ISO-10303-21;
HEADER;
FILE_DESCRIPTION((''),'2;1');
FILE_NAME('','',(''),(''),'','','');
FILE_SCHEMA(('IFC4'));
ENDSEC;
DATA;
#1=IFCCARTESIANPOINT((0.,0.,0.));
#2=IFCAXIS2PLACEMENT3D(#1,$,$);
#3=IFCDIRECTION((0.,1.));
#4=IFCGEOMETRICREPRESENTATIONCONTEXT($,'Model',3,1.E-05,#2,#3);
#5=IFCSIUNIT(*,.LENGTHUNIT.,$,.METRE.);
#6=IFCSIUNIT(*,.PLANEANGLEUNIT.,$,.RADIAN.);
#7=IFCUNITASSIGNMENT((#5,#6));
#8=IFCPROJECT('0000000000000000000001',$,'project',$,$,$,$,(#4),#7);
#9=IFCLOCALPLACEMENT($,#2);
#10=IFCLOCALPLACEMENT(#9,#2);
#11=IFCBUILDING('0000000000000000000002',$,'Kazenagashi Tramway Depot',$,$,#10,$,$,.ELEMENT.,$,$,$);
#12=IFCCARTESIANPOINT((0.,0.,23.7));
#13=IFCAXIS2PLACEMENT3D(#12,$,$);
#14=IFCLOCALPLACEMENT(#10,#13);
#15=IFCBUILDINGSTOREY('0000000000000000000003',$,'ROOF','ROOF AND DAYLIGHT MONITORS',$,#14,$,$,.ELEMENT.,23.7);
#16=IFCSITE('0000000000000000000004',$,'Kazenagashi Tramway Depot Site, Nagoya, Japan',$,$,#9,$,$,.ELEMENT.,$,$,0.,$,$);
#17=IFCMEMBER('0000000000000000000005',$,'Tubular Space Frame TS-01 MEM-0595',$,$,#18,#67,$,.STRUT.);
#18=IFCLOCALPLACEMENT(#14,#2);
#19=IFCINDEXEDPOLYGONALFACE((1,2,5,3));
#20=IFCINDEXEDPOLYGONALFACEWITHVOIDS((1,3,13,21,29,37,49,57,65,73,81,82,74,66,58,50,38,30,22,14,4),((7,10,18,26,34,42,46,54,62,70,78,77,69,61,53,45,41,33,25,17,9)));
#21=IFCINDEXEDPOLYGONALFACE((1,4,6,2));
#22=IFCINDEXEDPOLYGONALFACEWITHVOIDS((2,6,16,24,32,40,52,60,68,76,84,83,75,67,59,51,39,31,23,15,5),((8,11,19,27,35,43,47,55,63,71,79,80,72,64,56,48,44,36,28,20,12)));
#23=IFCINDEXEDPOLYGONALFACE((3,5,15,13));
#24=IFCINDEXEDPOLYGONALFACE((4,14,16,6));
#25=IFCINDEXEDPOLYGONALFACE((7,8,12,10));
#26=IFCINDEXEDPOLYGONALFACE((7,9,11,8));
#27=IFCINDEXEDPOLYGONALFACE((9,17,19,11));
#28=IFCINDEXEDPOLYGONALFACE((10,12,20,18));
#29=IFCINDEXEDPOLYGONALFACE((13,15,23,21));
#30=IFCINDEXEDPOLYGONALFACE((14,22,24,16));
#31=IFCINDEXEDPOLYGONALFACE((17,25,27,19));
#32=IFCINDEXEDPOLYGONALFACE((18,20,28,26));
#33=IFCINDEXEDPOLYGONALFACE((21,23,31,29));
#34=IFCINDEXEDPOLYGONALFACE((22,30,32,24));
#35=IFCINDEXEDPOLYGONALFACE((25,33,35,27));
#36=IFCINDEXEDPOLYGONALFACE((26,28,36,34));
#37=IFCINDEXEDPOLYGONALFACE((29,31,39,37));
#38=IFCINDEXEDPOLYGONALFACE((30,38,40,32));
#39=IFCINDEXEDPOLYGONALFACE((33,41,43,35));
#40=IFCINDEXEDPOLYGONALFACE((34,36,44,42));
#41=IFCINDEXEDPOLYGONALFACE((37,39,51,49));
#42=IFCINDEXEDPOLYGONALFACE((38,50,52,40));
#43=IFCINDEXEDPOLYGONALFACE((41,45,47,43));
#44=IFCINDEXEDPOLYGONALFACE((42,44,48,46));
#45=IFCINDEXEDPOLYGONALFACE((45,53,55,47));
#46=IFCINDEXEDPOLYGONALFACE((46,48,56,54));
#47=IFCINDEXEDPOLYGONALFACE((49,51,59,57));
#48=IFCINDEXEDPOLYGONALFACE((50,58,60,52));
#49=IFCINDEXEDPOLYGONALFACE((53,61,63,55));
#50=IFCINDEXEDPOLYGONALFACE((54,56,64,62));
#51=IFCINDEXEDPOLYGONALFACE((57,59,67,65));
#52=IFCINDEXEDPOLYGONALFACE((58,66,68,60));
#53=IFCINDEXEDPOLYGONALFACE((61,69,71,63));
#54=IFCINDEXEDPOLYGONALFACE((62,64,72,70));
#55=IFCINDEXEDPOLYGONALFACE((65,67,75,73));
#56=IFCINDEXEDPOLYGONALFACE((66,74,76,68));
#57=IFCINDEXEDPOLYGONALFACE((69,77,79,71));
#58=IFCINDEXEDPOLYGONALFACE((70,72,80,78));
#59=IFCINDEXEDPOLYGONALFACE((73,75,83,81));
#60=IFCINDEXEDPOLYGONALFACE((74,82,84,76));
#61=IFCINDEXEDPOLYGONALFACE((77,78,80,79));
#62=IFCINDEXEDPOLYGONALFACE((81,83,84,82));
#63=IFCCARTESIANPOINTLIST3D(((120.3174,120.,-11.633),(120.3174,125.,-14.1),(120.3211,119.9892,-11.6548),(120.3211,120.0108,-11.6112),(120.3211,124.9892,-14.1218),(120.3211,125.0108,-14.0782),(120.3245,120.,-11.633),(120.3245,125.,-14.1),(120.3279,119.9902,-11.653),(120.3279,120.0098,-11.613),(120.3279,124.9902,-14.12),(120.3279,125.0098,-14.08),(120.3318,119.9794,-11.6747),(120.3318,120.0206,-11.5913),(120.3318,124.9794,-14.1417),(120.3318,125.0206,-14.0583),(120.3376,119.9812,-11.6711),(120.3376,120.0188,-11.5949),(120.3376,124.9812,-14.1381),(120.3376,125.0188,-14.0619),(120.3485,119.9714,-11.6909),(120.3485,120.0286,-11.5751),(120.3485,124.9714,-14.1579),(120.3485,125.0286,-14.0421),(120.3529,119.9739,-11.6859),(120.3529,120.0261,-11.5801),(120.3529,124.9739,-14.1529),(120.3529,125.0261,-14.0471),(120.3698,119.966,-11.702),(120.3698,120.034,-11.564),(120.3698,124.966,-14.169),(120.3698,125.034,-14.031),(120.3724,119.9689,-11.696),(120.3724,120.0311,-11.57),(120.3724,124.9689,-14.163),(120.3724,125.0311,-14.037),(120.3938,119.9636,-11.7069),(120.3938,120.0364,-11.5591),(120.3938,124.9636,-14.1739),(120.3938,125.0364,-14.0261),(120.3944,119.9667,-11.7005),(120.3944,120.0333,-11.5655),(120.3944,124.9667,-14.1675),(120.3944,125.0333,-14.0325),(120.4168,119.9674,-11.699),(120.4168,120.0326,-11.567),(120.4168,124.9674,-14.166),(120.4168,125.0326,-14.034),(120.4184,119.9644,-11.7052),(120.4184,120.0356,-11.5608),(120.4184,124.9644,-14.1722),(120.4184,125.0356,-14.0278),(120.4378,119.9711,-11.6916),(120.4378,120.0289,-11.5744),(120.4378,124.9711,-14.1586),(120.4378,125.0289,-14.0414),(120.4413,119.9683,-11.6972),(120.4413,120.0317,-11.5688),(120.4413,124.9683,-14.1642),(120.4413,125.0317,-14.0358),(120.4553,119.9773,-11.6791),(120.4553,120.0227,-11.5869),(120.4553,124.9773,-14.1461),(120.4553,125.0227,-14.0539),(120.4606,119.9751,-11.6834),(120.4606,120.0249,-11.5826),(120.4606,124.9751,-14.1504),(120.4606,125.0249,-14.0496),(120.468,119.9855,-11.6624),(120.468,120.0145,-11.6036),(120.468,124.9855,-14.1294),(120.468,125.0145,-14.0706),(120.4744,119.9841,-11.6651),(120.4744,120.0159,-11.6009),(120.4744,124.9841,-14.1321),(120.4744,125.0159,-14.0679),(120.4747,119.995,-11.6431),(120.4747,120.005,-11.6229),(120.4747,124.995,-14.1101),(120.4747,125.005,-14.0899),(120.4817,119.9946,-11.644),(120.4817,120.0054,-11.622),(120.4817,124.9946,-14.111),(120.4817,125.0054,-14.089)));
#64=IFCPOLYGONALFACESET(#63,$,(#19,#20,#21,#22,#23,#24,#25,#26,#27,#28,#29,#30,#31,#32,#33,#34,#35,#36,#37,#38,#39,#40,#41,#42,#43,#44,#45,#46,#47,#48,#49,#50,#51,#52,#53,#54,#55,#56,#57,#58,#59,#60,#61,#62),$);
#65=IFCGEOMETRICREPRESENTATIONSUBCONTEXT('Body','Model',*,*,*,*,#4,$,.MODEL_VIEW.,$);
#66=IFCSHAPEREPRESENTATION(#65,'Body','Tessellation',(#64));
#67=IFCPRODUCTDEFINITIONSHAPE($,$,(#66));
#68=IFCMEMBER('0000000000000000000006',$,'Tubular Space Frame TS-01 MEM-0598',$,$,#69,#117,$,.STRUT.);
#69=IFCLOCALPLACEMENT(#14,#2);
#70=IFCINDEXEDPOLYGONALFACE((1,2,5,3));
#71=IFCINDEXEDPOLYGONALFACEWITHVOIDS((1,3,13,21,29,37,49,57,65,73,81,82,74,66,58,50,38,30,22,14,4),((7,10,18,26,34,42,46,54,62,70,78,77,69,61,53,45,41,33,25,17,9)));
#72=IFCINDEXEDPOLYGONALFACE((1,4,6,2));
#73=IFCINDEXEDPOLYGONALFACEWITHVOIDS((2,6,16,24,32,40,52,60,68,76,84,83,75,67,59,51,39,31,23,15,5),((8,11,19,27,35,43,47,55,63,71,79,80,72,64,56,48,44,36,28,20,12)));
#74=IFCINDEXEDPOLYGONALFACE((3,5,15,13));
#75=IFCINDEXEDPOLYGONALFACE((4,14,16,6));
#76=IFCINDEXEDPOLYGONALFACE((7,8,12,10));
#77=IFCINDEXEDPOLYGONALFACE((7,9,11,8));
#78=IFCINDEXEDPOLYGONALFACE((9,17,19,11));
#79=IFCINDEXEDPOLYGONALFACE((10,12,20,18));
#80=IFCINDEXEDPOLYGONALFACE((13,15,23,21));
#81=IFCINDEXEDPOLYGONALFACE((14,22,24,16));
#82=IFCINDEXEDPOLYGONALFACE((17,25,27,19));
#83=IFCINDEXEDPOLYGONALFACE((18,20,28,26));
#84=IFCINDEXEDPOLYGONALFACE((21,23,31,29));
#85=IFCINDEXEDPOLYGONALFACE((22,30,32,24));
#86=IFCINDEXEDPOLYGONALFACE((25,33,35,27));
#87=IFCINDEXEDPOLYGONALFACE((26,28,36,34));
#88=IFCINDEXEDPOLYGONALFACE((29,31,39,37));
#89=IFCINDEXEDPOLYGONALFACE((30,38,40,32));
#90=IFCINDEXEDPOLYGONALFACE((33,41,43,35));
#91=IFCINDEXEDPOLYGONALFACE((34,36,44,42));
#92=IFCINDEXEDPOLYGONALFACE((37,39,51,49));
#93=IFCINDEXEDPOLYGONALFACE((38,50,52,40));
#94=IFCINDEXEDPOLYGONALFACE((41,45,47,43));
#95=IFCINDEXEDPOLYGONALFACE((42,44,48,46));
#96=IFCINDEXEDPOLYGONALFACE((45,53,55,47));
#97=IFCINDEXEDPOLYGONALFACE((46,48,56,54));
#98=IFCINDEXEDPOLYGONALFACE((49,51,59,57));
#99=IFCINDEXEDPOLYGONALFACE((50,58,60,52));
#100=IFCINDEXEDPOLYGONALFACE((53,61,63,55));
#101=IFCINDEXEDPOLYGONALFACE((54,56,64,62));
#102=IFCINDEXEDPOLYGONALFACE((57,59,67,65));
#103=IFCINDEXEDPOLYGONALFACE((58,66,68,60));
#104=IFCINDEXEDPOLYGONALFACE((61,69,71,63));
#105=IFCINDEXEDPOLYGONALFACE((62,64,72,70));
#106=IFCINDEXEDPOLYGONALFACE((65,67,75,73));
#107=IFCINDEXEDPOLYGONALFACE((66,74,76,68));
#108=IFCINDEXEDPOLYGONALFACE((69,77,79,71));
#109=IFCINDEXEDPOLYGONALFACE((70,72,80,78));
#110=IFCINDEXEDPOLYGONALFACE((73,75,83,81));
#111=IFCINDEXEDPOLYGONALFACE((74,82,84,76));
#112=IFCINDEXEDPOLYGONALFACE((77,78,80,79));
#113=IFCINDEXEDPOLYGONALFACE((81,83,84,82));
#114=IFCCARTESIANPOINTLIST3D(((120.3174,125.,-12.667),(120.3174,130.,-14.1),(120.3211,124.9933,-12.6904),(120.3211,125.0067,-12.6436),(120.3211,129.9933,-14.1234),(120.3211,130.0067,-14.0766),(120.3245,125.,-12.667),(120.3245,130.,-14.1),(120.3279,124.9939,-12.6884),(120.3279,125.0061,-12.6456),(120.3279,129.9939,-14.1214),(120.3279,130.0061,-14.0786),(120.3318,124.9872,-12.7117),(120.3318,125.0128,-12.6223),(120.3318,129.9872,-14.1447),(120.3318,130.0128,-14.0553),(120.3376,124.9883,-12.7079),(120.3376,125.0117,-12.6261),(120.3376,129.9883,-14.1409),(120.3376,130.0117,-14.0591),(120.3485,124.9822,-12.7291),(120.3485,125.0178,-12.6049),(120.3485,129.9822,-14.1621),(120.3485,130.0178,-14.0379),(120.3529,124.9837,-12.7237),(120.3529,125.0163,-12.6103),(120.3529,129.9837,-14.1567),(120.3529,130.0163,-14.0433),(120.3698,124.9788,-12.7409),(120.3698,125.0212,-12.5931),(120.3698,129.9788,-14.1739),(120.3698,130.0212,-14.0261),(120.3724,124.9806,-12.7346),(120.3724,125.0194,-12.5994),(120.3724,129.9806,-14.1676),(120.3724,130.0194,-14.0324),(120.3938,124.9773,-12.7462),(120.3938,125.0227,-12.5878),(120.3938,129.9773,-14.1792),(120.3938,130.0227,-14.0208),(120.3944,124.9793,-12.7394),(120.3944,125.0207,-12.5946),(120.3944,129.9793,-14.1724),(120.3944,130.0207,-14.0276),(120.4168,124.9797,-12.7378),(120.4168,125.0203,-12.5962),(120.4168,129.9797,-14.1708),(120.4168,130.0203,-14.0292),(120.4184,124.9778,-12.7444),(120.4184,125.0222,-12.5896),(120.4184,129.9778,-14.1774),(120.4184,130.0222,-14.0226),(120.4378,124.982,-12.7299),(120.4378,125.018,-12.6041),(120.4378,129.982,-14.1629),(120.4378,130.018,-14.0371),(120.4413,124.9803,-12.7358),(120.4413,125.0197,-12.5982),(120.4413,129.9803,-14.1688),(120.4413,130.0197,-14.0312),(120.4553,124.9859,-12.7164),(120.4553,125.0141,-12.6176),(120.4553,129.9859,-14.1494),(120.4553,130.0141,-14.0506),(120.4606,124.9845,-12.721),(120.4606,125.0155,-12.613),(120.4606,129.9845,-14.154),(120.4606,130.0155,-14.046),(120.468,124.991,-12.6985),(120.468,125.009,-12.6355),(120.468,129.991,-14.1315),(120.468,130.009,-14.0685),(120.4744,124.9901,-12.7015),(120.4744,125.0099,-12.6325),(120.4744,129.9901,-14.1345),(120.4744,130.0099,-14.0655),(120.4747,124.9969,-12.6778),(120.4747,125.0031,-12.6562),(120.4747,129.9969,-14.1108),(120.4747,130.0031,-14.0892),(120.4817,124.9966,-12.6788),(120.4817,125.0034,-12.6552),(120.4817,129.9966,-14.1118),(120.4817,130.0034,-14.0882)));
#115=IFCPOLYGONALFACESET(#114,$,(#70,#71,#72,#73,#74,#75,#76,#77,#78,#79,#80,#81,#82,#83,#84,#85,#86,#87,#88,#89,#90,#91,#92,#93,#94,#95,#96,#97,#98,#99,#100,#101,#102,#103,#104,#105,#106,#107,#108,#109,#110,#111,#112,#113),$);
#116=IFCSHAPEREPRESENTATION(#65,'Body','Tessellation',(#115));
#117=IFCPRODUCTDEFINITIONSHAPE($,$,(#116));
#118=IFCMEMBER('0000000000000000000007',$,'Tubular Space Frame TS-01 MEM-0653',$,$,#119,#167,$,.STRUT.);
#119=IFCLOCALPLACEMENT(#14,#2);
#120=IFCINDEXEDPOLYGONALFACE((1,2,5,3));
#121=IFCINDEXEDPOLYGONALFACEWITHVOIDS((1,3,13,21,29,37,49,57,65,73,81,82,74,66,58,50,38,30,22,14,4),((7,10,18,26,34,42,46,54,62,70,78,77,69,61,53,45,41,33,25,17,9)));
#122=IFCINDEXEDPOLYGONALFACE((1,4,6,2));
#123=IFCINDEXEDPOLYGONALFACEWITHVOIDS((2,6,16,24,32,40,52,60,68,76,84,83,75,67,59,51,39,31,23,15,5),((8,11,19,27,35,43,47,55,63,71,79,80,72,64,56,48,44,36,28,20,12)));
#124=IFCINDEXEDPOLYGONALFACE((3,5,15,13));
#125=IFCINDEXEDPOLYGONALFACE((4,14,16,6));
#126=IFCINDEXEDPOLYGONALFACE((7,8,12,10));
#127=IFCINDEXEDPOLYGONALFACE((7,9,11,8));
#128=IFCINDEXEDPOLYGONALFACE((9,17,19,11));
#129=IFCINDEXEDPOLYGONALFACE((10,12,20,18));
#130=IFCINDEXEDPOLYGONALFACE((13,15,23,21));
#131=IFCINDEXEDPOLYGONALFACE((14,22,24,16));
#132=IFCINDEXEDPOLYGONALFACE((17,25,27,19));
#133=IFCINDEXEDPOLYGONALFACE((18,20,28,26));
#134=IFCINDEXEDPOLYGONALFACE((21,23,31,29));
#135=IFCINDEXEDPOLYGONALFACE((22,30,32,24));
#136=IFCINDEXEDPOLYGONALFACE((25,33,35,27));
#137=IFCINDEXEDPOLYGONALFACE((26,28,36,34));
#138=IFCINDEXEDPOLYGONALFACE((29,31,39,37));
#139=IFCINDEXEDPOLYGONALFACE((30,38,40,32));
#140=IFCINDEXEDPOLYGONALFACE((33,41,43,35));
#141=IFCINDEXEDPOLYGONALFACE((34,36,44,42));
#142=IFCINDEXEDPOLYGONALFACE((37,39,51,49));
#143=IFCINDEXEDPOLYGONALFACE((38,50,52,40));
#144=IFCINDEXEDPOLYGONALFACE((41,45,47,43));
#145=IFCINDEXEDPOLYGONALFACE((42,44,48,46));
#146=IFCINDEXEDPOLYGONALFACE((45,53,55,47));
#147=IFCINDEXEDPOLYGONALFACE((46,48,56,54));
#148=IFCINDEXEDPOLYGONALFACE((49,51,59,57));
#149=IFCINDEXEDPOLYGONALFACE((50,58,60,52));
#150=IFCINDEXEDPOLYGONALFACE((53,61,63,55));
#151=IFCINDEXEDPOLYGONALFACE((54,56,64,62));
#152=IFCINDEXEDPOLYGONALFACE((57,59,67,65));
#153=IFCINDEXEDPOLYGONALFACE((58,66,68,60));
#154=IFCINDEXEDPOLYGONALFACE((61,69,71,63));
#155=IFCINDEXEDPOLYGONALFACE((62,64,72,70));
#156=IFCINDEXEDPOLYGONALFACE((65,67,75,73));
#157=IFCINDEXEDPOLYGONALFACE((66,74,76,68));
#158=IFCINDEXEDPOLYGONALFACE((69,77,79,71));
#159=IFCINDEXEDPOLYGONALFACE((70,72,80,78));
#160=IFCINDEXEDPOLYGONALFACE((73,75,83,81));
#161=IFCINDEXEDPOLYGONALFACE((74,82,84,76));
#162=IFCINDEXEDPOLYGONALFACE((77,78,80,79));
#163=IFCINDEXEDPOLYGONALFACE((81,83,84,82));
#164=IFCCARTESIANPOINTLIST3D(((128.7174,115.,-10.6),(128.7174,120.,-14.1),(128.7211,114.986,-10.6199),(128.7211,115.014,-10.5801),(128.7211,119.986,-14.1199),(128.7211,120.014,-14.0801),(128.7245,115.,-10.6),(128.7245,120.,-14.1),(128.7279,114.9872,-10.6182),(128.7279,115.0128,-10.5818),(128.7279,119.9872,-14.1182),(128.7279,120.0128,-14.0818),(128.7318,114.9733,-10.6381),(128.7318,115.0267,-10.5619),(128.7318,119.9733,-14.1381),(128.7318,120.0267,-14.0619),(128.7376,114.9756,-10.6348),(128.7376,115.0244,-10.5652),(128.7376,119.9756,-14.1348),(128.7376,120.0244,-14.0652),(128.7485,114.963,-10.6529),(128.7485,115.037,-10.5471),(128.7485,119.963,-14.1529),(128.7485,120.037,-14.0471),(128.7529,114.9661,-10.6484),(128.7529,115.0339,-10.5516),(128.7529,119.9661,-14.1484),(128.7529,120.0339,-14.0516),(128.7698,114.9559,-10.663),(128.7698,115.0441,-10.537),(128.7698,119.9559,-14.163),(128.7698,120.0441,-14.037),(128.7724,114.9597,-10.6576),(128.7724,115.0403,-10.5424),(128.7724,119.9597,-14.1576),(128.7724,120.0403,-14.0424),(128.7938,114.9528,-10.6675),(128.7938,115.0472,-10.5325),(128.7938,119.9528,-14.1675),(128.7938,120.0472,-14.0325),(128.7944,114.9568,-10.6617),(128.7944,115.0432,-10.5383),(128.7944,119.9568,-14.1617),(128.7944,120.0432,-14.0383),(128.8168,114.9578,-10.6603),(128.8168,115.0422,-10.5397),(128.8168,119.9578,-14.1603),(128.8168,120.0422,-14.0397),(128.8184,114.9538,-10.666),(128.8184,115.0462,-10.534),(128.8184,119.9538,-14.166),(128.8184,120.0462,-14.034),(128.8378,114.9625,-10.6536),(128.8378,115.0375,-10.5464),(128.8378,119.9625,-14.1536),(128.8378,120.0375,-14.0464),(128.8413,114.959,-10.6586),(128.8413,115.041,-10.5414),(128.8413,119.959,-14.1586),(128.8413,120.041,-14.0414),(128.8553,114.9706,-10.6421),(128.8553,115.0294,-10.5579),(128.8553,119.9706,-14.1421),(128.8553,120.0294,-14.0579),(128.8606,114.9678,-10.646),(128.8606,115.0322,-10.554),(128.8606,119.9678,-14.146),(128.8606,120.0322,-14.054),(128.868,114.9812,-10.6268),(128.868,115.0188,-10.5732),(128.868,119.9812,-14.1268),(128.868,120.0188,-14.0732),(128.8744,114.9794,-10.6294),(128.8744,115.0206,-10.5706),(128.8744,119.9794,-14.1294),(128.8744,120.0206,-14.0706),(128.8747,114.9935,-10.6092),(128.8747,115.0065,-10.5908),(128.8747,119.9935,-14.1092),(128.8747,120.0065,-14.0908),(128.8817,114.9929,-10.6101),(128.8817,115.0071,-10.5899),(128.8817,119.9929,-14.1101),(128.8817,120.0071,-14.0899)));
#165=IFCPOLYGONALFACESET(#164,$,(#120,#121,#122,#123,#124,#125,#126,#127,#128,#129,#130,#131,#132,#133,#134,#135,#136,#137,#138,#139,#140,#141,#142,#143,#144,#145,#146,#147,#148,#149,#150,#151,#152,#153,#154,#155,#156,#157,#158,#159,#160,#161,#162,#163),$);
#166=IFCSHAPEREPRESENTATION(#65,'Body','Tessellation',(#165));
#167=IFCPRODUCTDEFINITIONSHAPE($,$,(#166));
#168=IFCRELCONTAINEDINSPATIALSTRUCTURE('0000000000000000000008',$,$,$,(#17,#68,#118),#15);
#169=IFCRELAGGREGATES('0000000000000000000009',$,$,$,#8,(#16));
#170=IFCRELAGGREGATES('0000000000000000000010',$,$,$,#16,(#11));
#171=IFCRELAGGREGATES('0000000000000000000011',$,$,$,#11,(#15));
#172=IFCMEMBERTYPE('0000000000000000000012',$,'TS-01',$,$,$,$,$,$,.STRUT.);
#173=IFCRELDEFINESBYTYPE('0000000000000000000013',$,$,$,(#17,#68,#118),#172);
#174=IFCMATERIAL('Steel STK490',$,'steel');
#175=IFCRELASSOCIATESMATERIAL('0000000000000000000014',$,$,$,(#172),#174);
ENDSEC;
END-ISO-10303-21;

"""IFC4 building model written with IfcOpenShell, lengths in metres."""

from ifc_helpers import new_model, si_unit, direction, frame, origin, origin_2d, place, context, subcontext, project, spatial, hollow_circle, extrude, material, material_profile, profile_set, type_object, element, save


model = new_model("IFC4")

# Units and contexts
model_context = context("Model", 3, precision=1e-05, world=origin(), true_north=direction((0.0, 1.0)))
body_context = subcontext(model_context, "Body", "Model", "MODEL_VIEW")
ifc_project = project(units=[si_unit("LENGTHUNIT", "METRE"), si_unit("PLANEANGLEUNIT", "RADIAN")], contexts=[model_context])

# Site, building, storey
site_placement = place(None, origin())
site = spatial("IfcSite", under=ifc_project, at=site_placement, Name="Kazenagashi Tramway Depot Site, Nagoya, Japan", CompositionType="ELEMENT", RefElevation=0.0)
building_placement = place(site_placement, origin())
building = spatial("IfcBuilding", under=site, at=building_placement, Name="Kazenagashi Tramway Depot", CompositionType="ELEMENT")
storey_placement = place(building_placement, frame((0.0, 0.0, 23.7)))
storey = spatial("IfcBuildingStorey", under=building, at=storey_placement, Name="ROOF", Description="ROOF AND DAYLIGHT MONITORS", CompositionType="ELEMENT", Elevation=23.7)

# Members
ifc_material_1 = material(Name="Steel STK490", Category="steel")
ifc_material_profile_1 = material_profile(ifc_material_1, hollow_circle(Radius=0.0826, WallThickness=0.0071, at=origin_2d()), Name="CHS-165.2x7.1")
ifc_profile_set_1 = profile_set([ifc_material_profile_1], Name="Steel STK490")
member_type_1 = type_object("IfcMemberType", Name="TS-01", PredefinedType="STRUT", material=ifc_profile_set_1)
member_1_placement = place(storey_placement, frame((120.4, 120.0, -11.633), z_axis=(0.0, 0.896782, -0.442472), x_axis=(-1.0, 0.0, 0.0)))
element("IfcMember", 1, at=member_1_placement, inside=storey, type_object=member_type_1, Name="Tubular Space Frame TS-01 MEM-0595", PredefinedType="STRUT", context=body_context, shape_type="SweptSolid", body=[
    extrude(hollow_circle(Radius=0.0826, WallThickness=0.0071, at=origin_2d()), origin(), (0.0, 0.0, 1.0), 5.5755),
])
member_2_placement = place(storey_placement, frame((120.4, 125.0, -12.667), z_axis=(0.0, 0.961299, -0.275508), x_axis=(-1.0, 0.0, 0.0)))
element("IfcMember", 2, at=member_2_placement, inside=storey, type_object=member_type_1, Name="Tubular Space Frame TS-01 MEM-0598", PredefinedType="STRUT", context=body_context, shape_type="SweptSolid", body=[
    extrude(hollow_circle(Radius=0.0826, WallThickness=0.0071, at=origin_2d()), origin(), (0.0, 0.0, 1.0), 5.2013),
])
member_3_placement = place(storey_placement, frame((128.8, 115.0, -10.6), z_axis=(0.0, 0.819232, -0.573462), x_axis=(-1.0, 0.0, 0.0)))
element("IfcMember", 3, at=member_3_placement, inside=storey, type_object=member_type_1, Name="Tubular Space Frame TS-01 MEM-0653", PredefinedType="STRUT", context=body_context, shape_type="SweptSolid", body=[
    extrude(hollow_circle(Radius=0.0826, WallThickness=0.0071, at=origin_2d()), origin(), (0.0, 0.0, 1.0), 6.1033),
])

save(model, "model.ifc")
